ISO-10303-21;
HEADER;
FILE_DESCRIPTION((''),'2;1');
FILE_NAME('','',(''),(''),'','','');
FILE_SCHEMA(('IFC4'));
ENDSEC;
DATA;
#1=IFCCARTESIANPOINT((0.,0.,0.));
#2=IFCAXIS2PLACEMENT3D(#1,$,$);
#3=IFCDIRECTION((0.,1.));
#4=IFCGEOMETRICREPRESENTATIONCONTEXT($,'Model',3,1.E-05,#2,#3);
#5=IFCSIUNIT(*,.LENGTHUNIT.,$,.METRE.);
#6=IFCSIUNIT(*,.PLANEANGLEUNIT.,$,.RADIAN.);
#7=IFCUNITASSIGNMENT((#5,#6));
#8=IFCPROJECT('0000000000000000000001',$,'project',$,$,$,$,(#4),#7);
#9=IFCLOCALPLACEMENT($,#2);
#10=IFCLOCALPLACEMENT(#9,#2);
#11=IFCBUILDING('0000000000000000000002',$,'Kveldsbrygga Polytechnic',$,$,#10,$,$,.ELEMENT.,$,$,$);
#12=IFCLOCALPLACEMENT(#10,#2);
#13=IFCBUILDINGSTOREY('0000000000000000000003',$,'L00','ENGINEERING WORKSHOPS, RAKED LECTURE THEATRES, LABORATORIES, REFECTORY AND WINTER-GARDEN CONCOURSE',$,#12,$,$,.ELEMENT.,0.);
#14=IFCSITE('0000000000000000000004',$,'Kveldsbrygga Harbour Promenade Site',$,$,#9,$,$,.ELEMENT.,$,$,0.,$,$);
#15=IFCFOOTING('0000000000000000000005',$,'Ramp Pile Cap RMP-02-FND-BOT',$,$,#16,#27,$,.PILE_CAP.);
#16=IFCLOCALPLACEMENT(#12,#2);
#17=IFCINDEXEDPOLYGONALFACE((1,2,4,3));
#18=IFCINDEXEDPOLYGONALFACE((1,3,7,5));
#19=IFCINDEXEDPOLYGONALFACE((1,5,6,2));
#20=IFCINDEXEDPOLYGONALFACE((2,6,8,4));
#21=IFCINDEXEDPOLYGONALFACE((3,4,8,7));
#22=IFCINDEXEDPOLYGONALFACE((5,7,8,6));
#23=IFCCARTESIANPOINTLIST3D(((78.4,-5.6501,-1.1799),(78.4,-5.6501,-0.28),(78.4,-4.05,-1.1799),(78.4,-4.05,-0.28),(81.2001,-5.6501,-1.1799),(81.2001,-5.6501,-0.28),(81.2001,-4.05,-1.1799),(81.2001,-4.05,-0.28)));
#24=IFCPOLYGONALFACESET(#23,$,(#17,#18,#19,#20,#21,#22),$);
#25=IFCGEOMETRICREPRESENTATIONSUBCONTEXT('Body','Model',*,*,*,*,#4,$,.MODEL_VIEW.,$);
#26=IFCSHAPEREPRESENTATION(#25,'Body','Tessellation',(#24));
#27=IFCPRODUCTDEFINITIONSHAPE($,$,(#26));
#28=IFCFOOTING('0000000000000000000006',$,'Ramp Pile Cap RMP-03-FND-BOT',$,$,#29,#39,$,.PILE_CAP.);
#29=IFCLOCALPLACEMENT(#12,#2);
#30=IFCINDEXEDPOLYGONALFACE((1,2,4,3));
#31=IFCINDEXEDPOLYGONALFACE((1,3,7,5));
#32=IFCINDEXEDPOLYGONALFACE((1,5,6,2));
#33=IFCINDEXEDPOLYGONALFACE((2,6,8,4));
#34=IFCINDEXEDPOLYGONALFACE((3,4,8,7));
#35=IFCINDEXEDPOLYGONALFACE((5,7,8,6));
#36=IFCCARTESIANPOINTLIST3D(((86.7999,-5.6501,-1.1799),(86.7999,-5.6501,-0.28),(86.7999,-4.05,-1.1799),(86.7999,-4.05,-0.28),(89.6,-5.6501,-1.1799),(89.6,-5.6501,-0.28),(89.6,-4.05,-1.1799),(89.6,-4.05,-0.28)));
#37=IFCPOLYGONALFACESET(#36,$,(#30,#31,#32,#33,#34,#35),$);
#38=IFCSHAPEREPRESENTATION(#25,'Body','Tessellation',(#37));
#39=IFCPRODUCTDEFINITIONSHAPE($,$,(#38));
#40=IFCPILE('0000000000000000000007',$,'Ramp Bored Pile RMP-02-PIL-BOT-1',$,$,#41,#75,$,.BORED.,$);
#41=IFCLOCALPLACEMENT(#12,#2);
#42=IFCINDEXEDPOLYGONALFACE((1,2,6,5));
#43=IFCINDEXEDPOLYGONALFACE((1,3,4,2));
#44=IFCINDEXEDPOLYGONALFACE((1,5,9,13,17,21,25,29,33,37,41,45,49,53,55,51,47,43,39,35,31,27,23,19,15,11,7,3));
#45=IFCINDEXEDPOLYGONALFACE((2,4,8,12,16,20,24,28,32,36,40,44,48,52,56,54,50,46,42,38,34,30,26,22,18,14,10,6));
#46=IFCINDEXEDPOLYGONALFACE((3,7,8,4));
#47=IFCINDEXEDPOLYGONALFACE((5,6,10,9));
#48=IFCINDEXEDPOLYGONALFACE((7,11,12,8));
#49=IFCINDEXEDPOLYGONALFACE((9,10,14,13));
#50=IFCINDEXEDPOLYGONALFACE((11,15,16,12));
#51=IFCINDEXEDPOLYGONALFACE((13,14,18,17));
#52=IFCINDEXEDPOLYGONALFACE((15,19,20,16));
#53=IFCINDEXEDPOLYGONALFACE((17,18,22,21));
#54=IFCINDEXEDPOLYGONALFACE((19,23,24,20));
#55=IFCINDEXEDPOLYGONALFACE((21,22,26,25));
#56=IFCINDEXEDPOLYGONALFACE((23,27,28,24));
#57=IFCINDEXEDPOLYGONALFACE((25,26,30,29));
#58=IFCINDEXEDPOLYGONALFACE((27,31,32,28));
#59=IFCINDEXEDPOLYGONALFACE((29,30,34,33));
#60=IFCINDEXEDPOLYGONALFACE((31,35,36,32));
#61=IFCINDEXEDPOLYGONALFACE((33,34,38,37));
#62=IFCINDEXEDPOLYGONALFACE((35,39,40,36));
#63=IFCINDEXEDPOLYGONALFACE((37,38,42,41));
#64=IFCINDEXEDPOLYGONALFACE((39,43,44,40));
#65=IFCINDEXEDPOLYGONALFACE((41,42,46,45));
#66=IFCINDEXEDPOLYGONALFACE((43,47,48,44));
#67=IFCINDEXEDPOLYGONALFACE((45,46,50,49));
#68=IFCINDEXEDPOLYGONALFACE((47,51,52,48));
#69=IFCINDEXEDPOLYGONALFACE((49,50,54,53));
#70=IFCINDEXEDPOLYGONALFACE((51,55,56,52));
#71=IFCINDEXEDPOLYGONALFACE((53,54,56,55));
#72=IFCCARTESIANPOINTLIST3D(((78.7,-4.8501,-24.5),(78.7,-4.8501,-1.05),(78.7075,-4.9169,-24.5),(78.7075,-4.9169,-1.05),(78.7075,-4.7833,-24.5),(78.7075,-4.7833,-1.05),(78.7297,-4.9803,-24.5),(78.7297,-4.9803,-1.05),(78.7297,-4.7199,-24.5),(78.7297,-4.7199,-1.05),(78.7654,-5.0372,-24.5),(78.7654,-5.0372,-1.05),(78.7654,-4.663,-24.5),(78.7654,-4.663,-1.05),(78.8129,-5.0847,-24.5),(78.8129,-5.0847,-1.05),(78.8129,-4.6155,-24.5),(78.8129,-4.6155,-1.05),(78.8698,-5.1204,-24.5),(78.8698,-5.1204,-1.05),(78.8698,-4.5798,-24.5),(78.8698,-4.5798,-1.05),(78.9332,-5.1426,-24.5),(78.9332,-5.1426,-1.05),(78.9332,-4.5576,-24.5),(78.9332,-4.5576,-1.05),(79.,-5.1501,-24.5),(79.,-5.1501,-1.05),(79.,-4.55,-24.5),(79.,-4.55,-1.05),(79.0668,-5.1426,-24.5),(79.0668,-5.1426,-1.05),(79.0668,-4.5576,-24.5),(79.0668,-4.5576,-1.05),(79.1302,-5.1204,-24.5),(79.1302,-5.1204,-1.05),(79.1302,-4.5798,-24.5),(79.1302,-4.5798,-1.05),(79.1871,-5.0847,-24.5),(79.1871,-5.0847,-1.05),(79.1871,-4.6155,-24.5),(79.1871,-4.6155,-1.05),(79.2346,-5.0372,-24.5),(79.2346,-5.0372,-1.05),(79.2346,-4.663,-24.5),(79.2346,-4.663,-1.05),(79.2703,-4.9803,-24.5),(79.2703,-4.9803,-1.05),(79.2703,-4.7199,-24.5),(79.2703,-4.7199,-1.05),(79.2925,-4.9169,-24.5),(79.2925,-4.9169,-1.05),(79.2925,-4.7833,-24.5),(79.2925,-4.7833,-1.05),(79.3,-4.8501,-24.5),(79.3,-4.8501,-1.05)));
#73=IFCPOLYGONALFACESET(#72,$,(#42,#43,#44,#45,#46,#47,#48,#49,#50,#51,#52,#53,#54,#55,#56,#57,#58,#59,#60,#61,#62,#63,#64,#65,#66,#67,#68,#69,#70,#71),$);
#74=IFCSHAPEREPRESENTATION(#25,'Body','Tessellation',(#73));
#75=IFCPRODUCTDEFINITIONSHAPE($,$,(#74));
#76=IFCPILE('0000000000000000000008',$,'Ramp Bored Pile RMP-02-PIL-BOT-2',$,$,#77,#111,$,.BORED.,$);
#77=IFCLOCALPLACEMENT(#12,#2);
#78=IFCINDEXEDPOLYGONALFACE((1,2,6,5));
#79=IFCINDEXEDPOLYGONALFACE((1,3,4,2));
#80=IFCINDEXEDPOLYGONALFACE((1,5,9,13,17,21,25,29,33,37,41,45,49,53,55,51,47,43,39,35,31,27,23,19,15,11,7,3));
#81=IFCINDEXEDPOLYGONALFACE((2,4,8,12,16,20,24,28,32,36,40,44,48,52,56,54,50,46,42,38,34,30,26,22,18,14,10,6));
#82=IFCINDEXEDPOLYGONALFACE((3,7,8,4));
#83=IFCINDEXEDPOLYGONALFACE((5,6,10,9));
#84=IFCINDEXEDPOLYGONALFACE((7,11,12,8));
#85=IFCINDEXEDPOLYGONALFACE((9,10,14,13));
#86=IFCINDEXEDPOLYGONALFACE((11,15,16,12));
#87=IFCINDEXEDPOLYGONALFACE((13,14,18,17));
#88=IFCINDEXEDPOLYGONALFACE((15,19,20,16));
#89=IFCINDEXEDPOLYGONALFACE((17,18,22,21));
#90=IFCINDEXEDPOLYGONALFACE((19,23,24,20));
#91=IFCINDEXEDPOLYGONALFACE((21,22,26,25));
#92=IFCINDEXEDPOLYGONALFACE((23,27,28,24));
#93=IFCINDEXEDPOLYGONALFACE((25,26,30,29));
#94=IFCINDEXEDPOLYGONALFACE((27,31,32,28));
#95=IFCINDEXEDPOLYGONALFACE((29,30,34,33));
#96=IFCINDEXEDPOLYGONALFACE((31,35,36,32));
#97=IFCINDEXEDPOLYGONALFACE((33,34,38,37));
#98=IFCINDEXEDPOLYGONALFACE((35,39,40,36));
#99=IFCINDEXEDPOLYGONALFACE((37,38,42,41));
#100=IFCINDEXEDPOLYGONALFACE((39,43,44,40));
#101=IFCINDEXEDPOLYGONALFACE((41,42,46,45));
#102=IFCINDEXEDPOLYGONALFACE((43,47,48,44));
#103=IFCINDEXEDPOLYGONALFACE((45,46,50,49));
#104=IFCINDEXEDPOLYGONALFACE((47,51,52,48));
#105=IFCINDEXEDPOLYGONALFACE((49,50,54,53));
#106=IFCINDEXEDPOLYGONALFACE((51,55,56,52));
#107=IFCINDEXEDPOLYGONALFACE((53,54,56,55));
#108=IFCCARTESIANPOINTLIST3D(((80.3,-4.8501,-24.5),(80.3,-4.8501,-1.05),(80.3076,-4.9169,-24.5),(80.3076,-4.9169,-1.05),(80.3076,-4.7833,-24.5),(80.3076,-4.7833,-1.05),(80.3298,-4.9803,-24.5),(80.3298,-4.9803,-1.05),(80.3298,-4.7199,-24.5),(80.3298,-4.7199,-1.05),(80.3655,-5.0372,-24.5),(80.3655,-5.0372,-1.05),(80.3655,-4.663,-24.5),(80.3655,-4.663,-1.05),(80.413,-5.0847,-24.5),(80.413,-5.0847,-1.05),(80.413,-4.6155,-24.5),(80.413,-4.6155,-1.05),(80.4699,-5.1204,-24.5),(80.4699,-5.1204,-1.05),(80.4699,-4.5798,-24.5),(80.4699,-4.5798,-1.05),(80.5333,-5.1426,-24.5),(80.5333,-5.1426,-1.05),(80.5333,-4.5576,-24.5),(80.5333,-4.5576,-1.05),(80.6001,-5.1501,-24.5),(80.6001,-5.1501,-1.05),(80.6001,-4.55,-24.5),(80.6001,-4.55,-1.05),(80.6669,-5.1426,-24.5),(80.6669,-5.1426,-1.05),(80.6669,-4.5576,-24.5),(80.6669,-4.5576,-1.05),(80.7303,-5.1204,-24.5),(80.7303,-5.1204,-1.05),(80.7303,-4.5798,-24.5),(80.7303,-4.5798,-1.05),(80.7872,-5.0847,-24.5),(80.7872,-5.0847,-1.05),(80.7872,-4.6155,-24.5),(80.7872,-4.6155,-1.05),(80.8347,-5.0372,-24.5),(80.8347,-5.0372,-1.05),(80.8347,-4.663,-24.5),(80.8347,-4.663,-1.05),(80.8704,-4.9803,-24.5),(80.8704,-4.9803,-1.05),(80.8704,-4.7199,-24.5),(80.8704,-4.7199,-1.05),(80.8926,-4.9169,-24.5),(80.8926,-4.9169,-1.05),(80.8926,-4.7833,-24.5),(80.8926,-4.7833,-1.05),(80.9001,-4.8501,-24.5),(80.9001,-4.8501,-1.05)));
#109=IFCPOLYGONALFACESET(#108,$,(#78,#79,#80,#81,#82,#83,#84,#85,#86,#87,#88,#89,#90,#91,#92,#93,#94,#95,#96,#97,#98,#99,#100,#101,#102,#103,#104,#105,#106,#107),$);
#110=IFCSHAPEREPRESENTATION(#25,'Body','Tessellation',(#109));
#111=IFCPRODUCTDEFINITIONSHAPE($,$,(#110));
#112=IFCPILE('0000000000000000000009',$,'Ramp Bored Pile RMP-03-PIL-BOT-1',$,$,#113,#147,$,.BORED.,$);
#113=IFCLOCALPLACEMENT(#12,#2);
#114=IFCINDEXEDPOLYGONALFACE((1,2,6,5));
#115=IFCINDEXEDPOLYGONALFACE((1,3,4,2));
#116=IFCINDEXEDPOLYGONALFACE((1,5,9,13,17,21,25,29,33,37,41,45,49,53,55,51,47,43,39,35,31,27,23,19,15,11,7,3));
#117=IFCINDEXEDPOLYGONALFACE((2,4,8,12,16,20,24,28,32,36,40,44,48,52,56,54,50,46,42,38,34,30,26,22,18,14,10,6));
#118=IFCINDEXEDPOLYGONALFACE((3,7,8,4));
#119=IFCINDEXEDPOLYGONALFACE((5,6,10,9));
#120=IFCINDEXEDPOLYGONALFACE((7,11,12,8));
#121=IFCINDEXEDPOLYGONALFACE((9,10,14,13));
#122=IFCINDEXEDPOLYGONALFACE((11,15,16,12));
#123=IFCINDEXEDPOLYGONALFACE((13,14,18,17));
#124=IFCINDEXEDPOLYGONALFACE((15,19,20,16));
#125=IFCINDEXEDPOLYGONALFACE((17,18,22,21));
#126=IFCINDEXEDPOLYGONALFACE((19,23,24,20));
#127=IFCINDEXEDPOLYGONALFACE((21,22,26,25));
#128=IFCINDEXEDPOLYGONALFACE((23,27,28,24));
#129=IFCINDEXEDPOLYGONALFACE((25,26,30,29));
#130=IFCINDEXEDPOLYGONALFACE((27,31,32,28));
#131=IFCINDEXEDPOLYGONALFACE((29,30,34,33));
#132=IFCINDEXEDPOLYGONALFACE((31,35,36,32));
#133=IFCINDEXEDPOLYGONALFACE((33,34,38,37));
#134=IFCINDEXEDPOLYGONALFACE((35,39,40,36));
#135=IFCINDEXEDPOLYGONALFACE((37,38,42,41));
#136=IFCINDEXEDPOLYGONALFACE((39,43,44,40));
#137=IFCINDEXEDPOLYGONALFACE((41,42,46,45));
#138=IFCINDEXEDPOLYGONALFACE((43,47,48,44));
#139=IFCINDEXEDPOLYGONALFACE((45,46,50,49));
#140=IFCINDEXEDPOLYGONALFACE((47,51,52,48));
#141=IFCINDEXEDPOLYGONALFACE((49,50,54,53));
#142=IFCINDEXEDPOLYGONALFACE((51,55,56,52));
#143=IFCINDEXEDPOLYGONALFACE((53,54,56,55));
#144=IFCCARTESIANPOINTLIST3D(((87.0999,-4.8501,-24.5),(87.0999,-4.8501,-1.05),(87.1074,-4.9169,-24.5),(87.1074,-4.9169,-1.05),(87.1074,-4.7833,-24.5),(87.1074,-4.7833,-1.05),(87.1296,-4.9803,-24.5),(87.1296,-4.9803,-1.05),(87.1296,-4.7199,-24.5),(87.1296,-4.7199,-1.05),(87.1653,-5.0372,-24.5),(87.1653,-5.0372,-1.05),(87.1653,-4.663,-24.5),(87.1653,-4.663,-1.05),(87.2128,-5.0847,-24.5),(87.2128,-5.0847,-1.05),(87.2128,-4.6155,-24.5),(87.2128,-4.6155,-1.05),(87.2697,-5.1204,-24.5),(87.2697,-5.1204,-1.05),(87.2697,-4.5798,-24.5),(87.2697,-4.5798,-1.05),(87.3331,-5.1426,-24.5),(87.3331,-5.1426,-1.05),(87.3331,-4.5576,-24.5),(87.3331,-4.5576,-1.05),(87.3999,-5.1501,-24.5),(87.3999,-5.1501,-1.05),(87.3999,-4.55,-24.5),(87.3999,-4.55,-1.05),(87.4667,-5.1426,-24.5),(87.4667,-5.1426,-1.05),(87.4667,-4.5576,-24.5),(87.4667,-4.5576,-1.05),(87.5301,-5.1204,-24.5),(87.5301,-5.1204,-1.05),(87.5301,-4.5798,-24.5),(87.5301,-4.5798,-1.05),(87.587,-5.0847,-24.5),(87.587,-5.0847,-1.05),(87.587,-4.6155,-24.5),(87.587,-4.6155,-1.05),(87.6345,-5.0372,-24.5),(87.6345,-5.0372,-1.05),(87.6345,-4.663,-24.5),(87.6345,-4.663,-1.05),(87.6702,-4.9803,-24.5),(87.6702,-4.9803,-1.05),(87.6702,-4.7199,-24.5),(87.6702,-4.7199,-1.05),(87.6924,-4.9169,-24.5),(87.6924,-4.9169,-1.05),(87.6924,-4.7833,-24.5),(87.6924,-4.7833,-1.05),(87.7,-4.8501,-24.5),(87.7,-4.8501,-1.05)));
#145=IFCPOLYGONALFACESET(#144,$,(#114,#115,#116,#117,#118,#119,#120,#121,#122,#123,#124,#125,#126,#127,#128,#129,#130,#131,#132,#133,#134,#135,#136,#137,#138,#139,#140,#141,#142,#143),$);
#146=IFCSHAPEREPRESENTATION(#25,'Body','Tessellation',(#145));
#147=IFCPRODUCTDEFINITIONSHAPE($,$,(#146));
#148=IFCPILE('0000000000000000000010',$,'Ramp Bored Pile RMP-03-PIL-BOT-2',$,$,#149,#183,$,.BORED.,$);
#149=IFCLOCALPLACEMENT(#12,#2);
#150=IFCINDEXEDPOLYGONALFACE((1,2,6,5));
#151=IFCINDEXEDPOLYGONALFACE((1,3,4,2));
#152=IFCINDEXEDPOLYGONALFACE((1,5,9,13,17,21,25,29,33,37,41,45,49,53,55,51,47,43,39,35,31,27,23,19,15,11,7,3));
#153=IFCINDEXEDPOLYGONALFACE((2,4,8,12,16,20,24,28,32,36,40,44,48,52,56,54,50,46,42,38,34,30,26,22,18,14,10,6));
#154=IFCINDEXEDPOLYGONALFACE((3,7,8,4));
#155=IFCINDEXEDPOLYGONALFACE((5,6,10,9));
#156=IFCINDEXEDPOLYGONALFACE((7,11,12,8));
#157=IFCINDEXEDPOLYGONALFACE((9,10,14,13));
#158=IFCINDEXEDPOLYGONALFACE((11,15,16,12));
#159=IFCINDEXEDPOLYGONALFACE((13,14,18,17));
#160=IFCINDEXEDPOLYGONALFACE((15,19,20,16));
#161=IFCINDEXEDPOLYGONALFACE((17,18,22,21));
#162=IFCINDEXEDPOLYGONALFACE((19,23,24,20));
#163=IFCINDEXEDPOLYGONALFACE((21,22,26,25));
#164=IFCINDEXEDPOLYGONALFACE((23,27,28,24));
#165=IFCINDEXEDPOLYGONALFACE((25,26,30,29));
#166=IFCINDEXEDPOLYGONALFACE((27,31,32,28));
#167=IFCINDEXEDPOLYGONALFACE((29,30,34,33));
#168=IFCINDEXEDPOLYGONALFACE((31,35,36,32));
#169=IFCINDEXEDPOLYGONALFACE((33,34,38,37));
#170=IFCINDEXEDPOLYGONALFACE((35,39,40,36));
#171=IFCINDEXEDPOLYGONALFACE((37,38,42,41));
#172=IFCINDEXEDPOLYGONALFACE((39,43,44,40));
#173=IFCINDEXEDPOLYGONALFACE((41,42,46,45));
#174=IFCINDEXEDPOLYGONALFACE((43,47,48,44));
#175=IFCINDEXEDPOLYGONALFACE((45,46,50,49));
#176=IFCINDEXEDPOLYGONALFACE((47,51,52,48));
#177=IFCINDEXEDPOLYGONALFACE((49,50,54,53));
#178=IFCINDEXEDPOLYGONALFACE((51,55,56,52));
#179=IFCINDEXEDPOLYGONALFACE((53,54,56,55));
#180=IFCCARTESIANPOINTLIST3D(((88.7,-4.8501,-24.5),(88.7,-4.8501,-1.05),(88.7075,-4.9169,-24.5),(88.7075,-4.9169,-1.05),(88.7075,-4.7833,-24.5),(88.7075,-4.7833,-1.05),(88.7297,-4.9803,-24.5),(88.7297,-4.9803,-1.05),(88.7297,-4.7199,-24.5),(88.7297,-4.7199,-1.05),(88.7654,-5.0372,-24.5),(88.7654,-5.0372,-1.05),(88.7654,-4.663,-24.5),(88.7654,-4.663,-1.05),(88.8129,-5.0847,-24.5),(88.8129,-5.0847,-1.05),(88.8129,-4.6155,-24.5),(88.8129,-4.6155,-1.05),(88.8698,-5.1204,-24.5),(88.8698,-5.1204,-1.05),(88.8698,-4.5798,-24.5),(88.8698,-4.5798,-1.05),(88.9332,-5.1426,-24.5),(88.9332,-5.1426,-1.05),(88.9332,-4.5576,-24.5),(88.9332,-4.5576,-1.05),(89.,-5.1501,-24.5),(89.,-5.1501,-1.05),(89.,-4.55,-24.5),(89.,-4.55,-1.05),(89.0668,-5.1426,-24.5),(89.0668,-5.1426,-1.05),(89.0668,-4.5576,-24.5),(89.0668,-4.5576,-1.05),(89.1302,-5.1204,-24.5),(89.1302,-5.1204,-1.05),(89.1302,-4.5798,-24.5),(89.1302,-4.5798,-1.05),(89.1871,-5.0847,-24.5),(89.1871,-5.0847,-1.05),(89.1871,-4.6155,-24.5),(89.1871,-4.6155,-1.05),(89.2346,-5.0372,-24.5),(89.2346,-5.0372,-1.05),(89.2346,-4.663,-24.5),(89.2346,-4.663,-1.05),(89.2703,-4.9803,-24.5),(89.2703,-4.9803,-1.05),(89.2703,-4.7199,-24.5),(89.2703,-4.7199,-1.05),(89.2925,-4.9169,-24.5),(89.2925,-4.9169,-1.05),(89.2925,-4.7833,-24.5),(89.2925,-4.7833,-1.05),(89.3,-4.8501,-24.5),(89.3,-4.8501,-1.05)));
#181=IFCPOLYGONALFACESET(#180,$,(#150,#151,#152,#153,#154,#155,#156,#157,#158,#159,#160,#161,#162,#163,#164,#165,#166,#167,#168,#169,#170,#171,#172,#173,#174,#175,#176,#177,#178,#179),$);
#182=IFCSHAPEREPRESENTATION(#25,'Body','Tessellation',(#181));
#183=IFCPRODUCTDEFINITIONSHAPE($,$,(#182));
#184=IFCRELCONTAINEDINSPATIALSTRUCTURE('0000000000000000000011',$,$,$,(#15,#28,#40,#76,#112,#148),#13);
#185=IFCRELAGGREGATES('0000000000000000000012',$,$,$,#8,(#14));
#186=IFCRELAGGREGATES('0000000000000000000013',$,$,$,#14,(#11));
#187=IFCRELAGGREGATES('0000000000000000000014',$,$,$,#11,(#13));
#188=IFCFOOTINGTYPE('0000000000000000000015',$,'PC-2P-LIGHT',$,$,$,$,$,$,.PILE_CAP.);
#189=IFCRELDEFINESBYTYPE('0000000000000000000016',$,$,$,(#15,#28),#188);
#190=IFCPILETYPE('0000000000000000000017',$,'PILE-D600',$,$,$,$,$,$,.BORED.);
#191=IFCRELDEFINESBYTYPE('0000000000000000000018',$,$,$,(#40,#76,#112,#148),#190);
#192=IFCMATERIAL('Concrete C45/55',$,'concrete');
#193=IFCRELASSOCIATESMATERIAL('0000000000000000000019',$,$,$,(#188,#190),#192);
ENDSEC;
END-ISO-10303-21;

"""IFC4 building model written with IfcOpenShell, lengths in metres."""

from ifc_helpers import new_model, si_unit, direction, frame, origin, origin_2d, place, context, subcontext, project, spatial, rectangle, circle, extrude, material, material_profile, profile_set, type_object, element, save


model = new_model("IFC4")

# Units and contexts
model_context = context("Model", 3, precision=1e-05, world=origin(), true_north=direction((0.0, 1.0)))
body_context = subcontext(model_context, "Body", "Model", "MODEL_VIEW")
ifc_project = project(units=[si_unit("LENGTHUNIT", "METRE"), si_unit("PLANEANGLEUNIT", "RADIAN")], contexts=[model_context])

# Site, building, storey
site_placement = place(None, origin())
site = spatial("IfcSite", under=ifc_project, at=site_placement, Name="Kveldsbrygga Harbour Promenade Site", CompositionType="ELEMENT", RefElevation=0.0)
building_placement = place(site_placement, origin())
building = spatial("IfcBuilding", under=site, at=building_placement, Name="Kveldsbrygga Polytechnic", CompositionType="ELEMENT")
storey_placement = place(building_placement, origin())
storey = spatial("IfcBuildingStorey", under=building, at=storey_placement, Name="L00", Description="ENGINEERING WORKSHOPS, RAKED LECTURE THEATRES, LABORATORIES, REFECTORY AND WINTER-GARDEN CONCOURSE", CompositionType="ELEMENT", Elevation=0.0)

# Footings
ifc_material_1 = material(Name="Concrete C45/55", Category="concrete")
footing_type = type_object("IfcFootingType", Name="PC-2P-LIGHT", PredefinedType="PILE_CAP", material=ifc_material_1)
for number, where, z_axis, x_axis, name in (
    (1, (79.8, -4.8501, -1.1799), (0.0, 0.0, 1.0), (1.0, 0.0, 0.0), "Ramp Pile Cap RMP-02-FND-BOT"),
    (2, (88.2, -4.8501, -1.1799), (0.0, 0.0, 1.0), (1.0, 0.0, 0.0), "Ramp Pile Cap RMP-03-FND-BOT"),
):
    element("IfcFooting", number, at=place(storey_placement, frame(where, z_axis=z_axis, x_axis=x_axis)), inside=storey, type_object=footing_type, Name=name, PredefinedType="PILE_CAP", context=body_context, shape_type="SweptSolid", body=[
        extrude(rectangle(XDim=2.8, YDim=1.6001, at=origin_2d()), origin(), (0.0, 0.0, 1.0), 0.8999),
    ])

# Piles
ifc_material_profile_1 = material_profile(ifc_material_1, circle(Radius=0.3, at=origin_2d()), Name="PILE D600")
ifc_profile_set_1 = profile_set([ifc_material_profile_1], Name="Concrete C45/55")
pile_type = type_object("IfcPileType", Name="PILE-D600", PredefinedType="BORED", material=ifc_profile_set_1)
for number, where, z_axis, x_axis, name in (
    (3, (79.0, -4.8501, -1.05), (0.0, 0.0, -1.0), (1.0, 0.0, 0.0), "Ramp Bored Pile RMP-02-PIL-BOT-1"),
    (4, (80.6001, -4.8501, -1.05), (0.0, 0.0, -1.0), (1.0, 0.0, 0.0), "Ramp Bored Pile RMP-02-PIL-BOT-2"),
    (5, (87.3999, -4.8501, -1.05), (0.0, 0.0, -1.0), (1.0, 0.0, 0.0), "Ramp Bored Pile RMP-03-PIL-BOT-1"),
    (6, (89.0, -4.8501, -1.05), (0.0, 0.0, -1.0), (1.0, 0.0, 0.0), "Ramp Bored Pile RMP-03-PIL-BOT-2"),
):
    element("IfcPile", number, at=place(storey_placement, frame(where, z_axis=z_axis, x_axis=x_axis)), inside=storey, type_object=pile_type, Name=name, PredefinedType="BORED", context=body_context, shape_type="SweptSolid", body=[
        extrude(circle(Radius=0.3, at=origin_2d()), origin(), (0.0, 0.0, 1.0), 23.45),
    ])

save(model, "model.ifc")
